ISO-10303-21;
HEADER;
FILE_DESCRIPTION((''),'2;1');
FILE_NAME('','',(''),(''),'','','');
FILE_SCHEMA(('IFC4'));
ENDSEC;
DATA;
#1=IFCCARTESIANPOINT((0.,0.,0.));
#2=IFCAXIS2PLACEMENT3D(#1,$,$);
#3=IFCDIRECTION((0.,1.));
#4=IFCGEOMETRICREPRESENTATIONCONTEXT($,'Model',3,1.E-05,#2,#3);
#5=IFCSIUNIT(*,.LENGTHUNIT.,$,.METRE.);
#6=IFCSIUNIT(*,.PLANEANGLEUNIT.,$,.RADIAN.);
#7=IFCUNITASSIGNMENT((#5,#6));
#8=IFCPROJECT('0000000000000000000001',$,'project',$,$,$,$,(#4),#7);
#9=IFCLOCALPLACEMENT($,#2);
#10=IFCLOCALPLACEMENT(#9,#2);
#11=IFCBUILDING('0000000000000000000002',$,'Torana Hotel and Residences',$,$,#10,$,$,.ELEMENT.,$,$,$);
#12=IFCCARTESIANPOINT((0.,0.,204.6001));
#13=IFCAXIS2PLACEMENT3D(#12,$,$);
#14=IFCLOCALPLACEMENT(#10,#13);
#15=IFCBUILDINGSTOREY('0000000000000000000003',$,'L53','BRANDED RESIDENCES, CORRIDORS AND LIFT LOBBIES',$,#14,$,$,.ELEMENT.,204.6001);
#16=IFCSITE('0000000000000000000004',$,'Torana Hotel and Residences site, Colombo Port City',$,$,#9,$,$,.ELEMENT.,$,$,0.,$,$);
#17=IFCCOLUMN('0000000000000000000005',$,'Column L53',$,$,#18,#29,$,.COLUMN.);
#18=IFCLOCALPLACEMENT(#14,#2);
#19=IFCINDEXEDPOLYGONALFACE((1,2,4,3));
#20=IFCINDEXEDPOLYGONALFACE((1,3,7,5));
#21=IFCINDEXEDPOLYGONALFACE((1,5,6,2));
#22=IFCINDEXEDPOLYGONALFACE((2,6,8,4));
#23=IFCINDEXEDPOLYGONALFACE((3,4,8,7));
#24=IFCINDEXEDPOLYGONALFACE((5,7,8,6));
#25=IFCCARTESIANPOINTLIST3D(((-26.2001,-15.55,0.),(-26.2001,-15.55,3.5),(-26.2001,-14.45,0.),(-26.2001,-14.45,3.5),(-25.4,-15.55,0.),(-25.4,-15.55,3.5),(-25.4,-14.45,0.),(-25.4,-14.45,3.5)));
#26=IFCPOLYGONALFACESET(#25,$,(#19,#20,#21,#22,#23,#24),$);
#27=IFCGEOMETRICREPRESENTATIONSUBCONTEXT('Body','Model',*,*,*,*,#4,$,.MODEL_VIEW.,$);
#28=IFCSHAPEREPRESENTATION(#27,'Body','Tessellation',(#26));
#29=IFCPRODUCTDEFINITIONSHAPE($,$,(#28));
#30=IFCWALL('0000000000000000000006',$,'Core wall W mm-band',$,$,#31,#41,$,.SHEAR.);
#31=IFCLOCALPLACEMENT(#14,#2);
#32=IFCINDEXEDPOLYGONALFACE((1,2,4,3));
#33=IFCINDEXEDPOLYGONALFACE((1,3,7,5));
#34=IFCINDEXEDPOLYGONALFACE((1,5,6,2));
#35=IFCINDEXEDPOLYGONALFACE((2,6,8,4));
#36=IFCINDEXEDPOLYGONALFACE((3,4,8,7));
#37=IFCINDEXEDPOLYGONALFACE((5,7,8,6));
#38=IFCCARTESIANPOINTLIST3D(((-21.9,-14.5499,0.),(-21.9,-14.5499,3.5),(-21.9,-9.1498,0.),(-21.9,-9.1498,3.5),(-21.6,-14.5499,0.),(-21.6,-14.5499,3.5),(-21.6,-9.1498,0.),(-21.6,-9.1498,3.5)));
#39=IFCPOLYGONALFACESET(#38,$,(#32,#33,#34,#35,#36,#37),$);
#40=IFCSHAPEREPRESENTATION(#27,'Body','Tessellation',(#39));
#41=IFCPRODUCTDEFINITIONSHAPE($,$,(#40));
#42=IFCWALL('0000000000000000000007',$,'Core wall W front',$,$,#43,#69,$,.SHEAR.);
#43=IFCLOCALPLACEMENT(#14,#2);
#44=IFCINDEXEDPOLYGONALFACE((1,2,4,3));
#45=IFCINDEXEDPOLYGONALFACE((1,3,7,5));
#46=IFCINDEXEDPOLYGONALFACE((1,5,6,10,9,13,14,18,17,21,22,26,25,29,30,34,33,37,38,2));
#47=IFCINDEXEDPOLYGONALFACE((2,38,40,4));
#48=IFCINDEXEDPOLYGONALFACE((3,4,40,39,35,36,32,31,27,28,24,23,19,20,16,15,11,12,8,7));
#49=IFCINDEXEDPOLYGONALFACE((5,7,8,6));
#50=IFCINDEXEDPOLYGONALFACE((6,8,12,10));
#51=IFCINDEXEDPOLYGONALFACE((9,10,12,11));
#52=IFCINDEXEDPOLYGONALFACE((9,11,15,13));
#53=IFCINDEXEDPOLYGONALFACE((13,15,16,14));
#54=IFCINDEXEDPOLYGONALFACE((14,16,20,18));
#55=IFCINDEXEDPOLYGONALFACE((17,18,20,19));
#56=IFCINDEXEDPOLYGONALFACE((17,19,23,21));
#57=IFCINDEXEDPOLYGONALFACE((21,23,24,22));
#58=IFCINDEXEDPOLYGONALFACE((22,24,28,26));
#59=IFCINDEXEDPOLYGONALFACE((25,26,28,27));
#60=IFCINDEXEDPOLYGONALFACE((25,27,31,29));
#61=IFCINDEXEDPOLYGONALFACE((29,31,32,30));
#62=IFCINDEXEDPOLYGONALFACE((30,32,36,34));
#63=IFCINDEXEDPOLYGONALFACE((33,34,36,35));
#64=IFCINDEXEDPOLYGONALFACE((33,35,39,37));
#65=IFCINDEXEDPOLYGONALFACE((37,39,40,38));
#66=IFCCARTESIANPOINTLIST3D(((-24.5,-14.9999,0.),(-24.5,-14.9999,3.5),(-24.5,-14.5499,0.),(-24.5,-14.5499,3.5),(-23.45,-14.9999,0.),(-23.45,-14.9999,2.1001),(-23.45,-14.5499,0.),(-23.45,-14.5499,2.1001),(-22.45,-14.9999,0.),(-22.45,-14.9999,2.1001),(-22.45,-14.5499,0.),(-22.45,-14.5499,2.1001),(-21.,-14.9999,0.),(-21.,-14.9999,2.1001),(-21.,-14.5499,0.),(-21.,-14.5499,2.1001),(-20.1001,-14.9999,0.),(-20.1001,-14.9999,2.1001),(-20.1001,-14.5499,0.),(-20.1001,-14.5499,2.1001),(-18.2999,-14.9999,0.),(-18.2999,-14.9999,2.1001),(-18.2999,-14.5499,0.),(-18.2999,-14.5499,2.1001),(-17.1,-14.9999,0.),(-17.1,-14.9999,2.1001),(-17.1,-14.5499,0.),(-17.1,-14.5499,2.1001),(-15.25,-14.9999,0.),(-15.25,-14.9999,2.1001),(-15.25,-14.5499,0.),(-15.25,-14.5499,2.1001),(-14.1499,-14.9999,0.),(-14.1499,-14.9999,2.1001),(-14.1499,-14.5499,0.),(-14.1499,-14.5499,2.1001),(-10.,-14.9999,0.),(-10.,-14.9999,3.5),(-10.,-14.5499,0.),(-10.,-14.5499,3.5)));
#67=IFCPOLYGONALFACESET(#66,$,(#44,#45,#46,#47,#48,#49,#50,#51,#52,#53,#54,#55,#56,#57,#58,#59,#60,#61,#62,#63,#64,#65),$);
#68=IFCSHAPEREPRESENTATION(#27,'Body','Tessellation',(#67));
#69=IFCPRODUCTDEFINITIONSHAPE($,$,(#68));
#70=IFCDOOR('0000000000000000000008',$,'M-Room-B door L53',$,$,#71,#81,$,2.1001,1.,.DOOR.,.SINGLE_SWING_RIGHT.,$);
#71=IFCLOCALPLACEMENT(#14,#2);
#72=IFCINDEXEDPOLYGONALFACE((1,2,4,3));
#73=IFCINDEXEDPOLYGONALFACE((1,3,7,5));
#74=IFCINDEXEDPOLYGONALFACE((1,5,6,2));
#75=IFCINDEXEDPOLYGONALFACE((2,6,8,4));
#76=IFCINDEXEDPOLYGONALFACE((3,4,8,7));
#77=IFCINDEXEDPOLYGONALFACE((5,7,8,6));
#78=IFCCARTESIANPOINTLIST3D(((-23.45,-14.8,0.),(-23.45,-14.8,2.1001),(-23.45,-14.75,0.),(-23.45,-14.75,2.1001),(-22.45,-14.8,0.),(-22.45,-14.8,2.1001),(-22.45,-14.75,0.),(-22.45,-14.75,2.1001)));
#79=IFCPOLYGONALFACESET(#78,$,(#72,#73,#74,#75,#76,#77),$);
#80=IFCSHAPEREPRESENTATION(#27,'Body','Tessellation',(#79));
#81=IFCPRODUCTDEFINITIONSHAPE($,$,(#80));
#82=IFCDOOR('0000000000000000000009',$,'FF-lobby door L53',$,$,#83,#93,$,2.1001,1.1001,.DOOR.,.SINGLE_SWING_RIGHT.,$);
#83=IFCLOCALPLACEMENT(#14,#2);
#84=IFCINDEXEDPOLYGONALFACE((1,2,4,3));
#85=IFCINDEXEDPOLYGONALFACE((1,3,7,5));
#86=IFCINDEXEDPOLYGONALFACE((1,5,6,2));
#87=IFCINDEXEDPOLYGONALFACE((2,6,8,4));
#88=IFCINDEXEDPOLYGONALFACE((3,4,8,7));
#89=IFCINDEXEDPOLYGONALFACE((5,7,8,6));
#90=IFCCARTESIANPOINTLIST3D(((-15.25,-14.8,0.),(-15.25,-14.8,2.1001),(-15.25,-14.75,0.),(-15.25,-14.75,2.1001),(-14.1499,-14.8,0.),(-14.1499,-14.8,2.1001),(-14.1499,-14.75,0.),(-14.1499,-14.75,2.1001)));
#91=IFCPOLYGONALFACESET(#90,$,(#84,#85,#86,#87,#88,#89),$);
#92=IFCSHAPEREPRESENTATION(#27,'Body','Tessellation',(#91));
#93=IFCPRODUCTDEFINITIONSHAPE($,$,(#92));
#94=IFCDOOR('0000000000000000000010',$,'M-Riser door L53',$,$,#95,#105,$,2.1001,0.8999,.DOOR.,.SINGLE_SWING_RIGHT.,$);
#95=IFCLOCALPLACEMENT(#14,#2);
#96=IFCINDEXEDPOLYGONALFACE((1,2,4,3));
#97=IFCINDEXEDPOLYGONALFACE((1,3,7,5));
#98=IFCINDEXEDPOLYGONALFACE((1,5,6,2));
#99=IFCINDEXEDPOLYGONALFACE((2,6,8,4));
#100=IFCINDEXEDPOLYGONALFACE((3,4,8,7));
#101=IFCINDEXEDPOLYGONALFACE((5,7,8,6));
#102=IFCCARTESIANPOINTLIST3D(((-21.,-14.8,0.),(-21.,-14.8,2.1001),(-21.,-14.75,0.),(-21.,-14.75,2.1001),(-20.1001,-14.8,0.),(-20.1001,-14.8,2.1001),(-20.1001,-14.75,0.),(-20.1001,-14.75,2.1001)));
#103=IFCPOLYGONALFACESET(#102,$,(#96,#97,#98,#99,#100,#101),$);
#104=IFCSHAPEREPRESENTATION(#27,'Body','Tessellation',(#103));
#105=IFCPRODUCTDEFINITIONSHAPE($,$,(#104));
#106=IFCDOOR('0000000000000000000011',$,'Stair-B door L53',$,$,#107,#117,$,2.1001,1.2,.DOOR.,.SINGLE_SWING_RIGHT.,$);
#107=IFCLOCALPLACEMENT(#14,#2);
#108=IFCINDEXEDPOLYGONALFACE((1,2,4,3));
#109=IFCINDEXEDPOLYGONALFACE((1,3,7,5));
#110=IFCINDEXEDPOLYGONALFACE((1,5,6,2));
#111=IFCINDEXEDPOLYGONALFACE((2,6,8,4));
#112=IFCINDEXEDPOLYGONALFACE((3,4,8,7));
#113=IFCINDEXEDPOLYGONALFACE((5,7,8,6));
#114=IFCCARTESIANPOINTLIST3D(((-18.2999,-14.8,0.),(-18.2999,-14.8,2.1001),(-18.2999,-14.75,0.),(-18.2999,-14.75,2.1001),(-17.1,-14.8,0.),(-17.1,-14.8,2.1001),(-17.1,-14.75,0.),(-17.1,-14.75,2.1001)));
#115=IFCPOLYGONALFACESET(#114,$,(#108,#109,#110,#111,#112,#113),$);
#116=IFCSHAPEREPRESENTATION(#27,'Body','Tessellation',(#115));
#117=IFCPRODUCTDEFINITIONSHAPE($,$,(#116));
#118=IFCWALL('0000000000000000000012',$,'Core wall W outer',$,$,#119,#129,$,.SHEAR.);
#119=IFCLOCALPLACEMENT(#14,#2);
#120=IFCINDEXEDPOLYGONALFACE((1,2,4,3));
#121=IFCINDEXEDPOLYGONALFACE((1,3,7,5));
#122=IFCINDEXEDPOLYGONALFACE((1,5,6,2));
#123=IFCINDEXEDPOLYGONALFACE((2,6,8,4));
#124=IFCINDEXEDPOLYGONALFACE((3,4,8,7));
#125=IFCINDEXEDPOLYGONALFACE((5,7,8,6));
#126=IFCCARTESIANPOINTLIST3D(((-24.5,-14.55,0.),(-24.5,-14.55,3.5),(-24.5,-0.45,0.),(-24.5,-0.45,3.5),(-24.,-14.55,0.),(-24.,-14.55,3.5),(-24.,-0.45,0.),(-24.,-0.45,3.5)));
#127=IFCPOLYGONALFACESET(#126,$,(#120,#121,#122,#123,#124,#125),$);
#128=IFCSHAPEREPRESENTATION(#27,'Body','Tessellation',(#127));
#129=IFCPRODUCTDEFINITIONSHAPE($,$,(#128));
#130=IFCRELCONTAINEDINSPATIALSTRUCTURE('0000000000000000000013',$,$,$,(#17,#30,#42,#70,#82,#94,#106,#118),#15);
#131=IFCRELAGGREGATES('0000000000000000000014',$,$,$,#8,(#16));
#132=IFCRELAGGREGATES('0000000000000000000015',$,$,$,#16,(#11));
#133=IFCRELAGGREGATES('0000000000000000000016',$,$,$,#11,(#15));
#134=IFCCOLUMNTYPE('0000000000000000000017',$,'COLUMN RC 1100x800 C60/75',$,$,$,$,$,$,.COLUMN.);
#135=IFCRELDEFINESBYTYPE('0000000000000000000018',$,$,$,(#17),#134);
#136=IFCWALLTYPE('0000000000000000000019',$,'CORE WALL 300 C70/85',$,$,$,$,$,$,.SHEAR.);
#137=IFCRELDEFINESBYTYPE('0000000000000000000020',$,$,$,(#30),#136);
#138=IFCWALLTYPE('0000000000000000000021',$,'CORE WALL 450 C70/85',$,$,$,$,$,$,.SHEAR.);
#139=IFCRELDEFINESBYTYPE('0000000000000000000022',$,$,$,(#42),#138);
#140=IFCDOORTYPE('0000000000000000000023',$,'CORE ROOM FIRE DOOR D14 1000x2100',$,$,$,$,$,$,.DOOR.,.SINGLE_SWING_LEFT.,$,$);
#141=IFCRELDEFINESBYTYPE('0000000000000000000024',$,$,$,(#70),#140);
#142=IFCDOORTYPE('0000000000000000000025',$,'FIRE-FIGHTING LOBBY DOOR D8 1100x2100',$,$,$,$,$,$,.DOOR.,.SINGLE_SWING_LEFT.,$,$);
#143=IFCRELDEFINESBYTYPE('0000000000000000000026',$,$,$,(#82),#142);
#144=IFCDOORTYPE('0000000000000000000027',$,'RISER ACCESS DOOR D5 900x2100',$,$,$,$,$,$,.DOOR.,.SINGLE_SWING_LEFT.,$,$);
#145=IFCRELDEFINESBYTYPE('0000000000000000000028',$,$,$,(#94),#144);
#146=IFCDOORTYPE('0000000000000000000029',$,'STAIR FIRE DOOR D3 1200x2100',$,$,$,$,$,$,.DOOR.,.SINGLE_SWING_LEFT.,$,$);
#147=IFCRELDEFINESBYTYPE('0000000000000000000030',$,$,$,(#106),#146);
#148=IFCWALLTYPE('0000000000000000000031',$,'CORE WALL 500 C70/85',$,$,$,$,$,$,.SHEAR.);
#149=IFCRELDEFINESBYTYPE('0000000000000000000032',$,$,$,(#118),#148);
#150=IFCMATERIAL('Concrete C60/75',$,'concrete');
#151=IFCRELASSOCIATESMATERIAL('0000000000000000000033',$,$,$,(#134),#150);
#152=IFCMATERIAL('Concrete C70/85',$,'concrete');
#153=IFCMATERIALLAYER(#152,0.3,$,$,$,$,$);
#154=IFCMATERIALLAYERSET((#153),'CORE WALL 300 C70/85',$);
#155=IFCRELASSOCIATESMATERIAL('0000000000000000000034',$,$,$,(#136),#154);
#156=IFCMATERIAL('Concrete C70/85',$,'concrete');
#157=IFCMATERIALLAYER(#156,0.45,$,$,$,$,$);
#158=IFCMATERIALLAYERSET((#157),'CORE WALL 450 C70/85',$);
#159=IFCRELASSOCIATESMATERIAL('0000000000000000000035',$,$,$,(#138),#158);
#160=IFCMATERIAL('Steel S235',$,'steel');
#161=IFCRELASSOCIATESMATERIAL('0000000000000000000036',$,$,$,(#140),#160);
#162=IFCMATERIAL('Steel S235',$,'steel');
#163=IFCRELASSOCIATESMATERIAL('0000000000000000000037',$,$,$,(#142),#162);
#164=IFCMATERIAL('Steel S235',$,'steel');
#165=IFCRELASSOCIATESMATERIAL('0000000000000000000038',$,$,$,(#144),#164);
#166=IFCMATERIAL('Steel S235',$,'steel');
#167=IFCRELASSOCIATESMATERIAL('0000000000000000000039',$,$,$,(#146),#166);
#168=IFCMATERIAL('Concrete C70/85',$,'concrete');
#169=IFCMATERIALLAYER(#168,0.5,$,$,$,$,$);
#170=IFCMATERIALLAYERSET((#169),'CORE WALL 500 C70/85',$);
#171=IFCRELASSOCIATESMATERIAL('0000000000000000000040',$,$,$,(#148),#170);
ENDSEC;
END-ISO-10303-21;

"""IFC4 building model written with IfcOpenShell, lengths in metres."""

from ifc_helpers import new_model, si_unit, direction, frame, frame_2d, origin, origin_2d, place, context, subcontext, project, spatial, rectangle, extrude, material, layer, layer_set, material_profile, profile_set, type_object, element, fill, save


model = new_model("IFC4")

# Units and contexts
model_context = context("Model", 3, precision=1e-05, world=origin(), true_north=direction((0.0, 1.0)))
body_context = subcontext(model_context, "Body", "Model", "MODEL_VIEW")
ifc_project = project(units=[si_unit("LENGTHUNIT", "METRE"), si_unit("PLANEANGLEUNIT", "RADIAN")], contexts=[model_context])

# Site, building, storey
site_placement = place(None, origin())
site = spatial("IfcSite", under=ifc_project, at=site_placement, Name="Torana Hotel and Residences site, Colombo Port City", CompositionType="ELEMENT", RefElevation=0.0)
building_placement = place(site_placement, origin())
building = spatial("IfcBuilding", under=site, at=building_placement, Name="Torana Hotel and Residences", CompositionType="ELEMENT")
storey_placement = place(building_placement, frame((0.0, 0.0, 204.6001)))
storey = spatial("IfcBuildingStorey", under=building, at=storey_placement, Name="L53", Description="BRANDED RESIDENCES, CORRIDORS AND LIFT LOBBIES", CompositionType="ELEMENT", Elevation=204.6001)

# Column
ifc_material_1 = material(Name="Concrete C60/75", Category="concrete")
ifc_material_profile = material_profile(ifc_material_1, rectangle(XDim=1.1001, YDim=0.8, at=origin_2d()), Name="RC 1100x800")
ifc_profile_set = profile_set([ifc_material_profile], Name="Concrete C60/75")
column_type = type_object("IfcColumnType", Name="COLUMN RC 1100x800 C60/75", PredefinedType="COLUMN", material=ifc_profile_set)
column_placement = place(storey_placement, frame((-25.8, -15.0, 0.0), z_axis=(0.0, 0.0, 1.0), x_axis=(0.0, 1.0, 0.0)))
element("IfcColumn", 1, at=column_placement, inside=storey, type_object=column_type, Name="Column L53", PredefinedType="COLUMN", context=body_context, shape_type="SweptSolid", body=[
    extrude(rectangle(XDim=1.1001, YDim=0.8, at=origin_2d()), origin(), (0.0, 0.0, 1.0), 3.5),
])

# Wall
ifc_material_2 = material(Name="Concrete C70/85", Category="concrete")
ifc_layer_1 = layer(ifc_material_2, 0.3)
ifc_layer_set_1 = layer_set([ifc_layer_1], Name="CORE WALL 300 C70/85")
wall_type_1 = type_object("IfcWallType", Name="CORE WALL 300 C70/85", PredefinedType="SHEAR", material=ifc_layer_set_1)
wall_1_placement = place(storey_placement, frame((-21.75, -14.55, 0.0), z_axis=(0.0, 0.0, 1.0), x_axis=(0.0, 1.0, 0.0)))
element("IfcWall", 2, at=wall_1_placement, inside=storey, type_object=wall_type_1, Name="Core wall W mm-band", PredefinedType="SHEAR", context=body_context, shape_type="SweptSolid", body=[
    extrude(rectangle(XDim=5.4001, YDim=0.3, at=frame_2d((2.7002, 0.0))), origin(), (0.0, 0.0, 1.0), 3.5),
])

# Wall, openings, doors
ifc_material_3 = material(Name="Concrete C70/85", Category="concrete")
ifc_layer_2 = layer(ifc_material_3, 0.45)
ifc_layer_set_2 = layer_set([ifc_layer_2], Name="CORE WALL 450 C70/85")
wall_type_2 = type_object("IfcWallType", Name="CORE WALL 450 C70/85", PredefinedType="SHEAR", material=ifc_layer_set_2)
wall_2_placement = place(storey_placement, frame((-24.5, -14.7749, 0.0), z_axis=(0.0, 0.0, 1.0), x_axis=(1.0, 0.0, 0.0)))
wall_2 = element("IfcWall", 3, at=wall_2_placement, inside=storey, type_object=wall_type_2, Name="Core wall W front", PredefinedType="SHEAR", context=body_context, shape_type="SweptSolid", body=[
    extrude(rectangle(XDim=14.5, YDim=0.45, at=frame_2d((7.25, 0.0))), origin(), (0.0, 0.0, 1.0), 3.5),
])
opening_1_placement = place(wall_2_placement, frame((6.2, 0.0, 0.0)))
opening_1 = element("IfcOpeningElement", 4, at=opening_1_placement, cuts=wall_2, PredefinedType="OPENING", context=body_context, shape_type="SweptSolid", body=[
    extrude(rectangle(XDim=1.2, YDim=2.1001, at=frame_2d((0.6001, 1.05))), frame((0.0, 0.2349, 0.0), z_axis=(0.0, -1.0, 0.0), x_axis=(1.0, 0.0, 0.0)), (0.0, 0.0, 1.0), 0.47),
])
opening_2_placement = place(wall_2_placement, frame((9.25, 0.0, 0.0)))
opening_2 = element("IfcOpeningElement", 5, at=opening_2_placement, cuts=wall_2, PredefinedType="OPENING", context=body_context, shape_type="SweptSolid", body=[
    extrude(rectangle(XDim=1.1001, YDim=2.1001, at=frame_2d((0.55, 1.05))), frame((0.0, 0.2349, 0.0), z_axis=(0.0, -1.0, 0.0), x_axis=(1.0, 0.0, 0.0)), (0.0, 0.0, 1.0), 0.47),
])
opening_3_placement = place(wall_2_placement, frame((3.5, 0.0, 0.0)))
opening_3 = element("IfcOpeningElement", 6, at=opening_3_placement, cuts=wall_2, PredefinedType="OPENING", context=body_context, shape_type="SweptSolid", body=[
    extrude(rectangle(XDim=0.8999, YDim=2.1001, at=frame_2d((0.45, 1.05))), frame((0.0, 0.2349, 0.0), z_axis=(0.0, -1.0, 0.0), x_axis=(1.0, 0.0, 0.0)), (0.0, 0.0, 1.0), 0.47),
])
opening_4_placement = place(wall_2_placement, frame((1.05, 0.0, 0.0)))
opening_4 = element("IfcOpeningElement", 7, at=opening_4_placement, cuts=wall_2, PredefinedType="OPENING", context=body_context, shape_type="SweptSolid", body=[
    extrude(rectangle(XDim=1.0, YDim=2.1001, at=frame_2d((0.5, 1.05))), frame((0.0, 0.2349, 0.0), z_axis=(0.0, -1.0, 0.0), x_axis=(1.0, 0.0, 0.0)), (0.0, 0.0, 1.0), 0.47),
])
ifc_material_4 = material(Name="Steel S235", Category="steel")
door_type_1 = type_object("IfcDoorType", Name="CORE ROOM FIRE DOOR D14 1000x2100", OperationType="SINGLE_SWING_LEFT", PredefinedType="DOOR", material=ifc_material_4)
door_1_placement = place(opening_4_placement, origin())
door_1 = element("IfcDoor", 8, at=door_1_placement, inside=storey, type_object=door_type_1, Name="M-Room-B door L53", OperationType="SINGLE_SWING_RIGHT", OverallHeight=2.1001, OverallWidth=1.0, PredefinedType="DOOR", context=body_context, shape_type="SweptSolid", body=[
    extrude(rectangle(XDim=1.0, YDim=2.1001, at=frame_2d((0.5, 1.05))), frame((0.0, 0.0249, 0.0), z_axis=(0.0, -1.0, 0.0), x_axis=(1.0, 0.0, 0.0)), (0.0, 0.0, 1.0), 0.05),
])
fill(opening_4, door_1)
ifc_material_5 = material(Name="Steel S235", Category="steel")
door_type_2 = type_object("IfcDoorType", Name="FIRE-FIGHTING LOBBY DOOR D8 1100x2100", OperationType="SINGLE_SWING_LEFT", PredefinedType="DOOR", material=ifc_material_5)
door_2_placement = place(opening_2_placement, origin())
door_2 = element("IfcDoor", 9, at=door_2_placement, inside=storey, type_object=door_type_2, Name="FF-lobby door L53", OperationType="SINGLE_SWING_RIGHT", OverallHeight=2.1001, OverallWidth=1.1001, PredefinedType="DOOR", context=body_context, shape_type="SweptSolid", body=[
    extrude(rectangle(XDim=1.1001, YDim=2.1001, at=frame_2d((0.55, 1.05))), frame((0.0, 0.0249, 0.0), z_axis=(0.0, -1.0, 0.0), x_axis=(1.0, 0.0, 0.0)), (0.0, 0.0, 1.0), 0.05),
])
fill(opening_2, door_2)
ifc_material_6 = material(Name="Steel S235", Category="steel")
door_type_3 = type_object("IfcDoorType", Name="RISER ACCESS DOOR D5 900x2100", OperationType="SINGLE_SWING_LEFT", PredefinedType="DOOR", material=ifc_material_6)
door_3_placement = place(opening_3_placement, origin())
door_3 = element("IfcDoor", 10, at=door_3_placement, inside=storey, type_object=door_type_3, Name="M-Riser door L53", OperationType="SINGLE_SWING_RIGHT", OverallHeight=2.1001, OverallWidth=0.8999, PredefinedType="DOOR", context=body_context, shape_type="SweptSolid", body=[
    extrude(rectangle(XDim=0.8999, YDim=2.1001, at=frame_2d((0.45, 1.05))), frame((0.0, 0.0249, 0.0), z_axis=(0.0, -1.0, 0.0), x_axis=(1.0, 0.0, 0.0)), (0.0, 0.0, 1.0), 0.05),
])
fill(opening_3, door_3)
ifc_material_7 = material(Name="Steel S235", Category="steel")
door_type_4 = type_object("IfcDoorType", Name="STAIR FIRE DOOR D3 1200x2100", OperationType="SINGLE_SWING_LEFT", PredefinedType="DOOR", material=ifc_material_7)
door_4_placement = place(opening_1_placement, origin())
door_4 = element("IfcDoor", 11, at=door_4_placement, inside=storey, type_object=door_type_4, Name="Stair-B door L53", OperationType="SINGLE_SWING_RIGHT", OverallHeight=2.1001, OverallWidth=1.2, PredefinedType="DOOR", context=body_context, shape_type="SweptSolid", body=[
    extrude(rectangle(XDim=1.2, YDim=2.1001, at=frame_2d((0.6001, 1.05))), frame((0.0, 0.0249, 0.0), z_axis=(0.0, -1.0, 0.0), x_axis=(1.0, 0.0, 0.0)), (0.0, 0.0, 1.0), 0.05),
])
fill(opening_1, door_4)

# Wall
ifc_material_8 = material(Name="Concrete C70/85", Category="concrete")
ifc_layer_3 = layer(ifc_material_8, 0.5)
ifc_layer_set_3 = layer_set([ifc_layer_3], Name="CORE WALL 500 C70/85")
wall_type_3 = type_object("IfcWallType", Name="CORE WALL 500 C70/85", PredefinedType="SHEAR", material=ifc_layer_set_3)
wall_3_placement = place(storey_placement, frame((-24.25, -14.55, 0.0), z_axis=(0.0, 0.0, 1.0), x_axis=(0.0, 1.0, 0.0)))
element("IfcWall", 12, at=wall_3_placement, inside=storey, type_object=wall_type_3, Name="Core wall W outer", PredefinedType="SHEAR", context=body_context, shape_type="SweptSolid", body=[
    extrude(rectangle(XDim=14.1001, YDim=0.5, at=frame_2d((7.05, 0.0))), origin(), (0.0, 0.0, 1.0), 3.5),
])

save(model, "model.ifc")
